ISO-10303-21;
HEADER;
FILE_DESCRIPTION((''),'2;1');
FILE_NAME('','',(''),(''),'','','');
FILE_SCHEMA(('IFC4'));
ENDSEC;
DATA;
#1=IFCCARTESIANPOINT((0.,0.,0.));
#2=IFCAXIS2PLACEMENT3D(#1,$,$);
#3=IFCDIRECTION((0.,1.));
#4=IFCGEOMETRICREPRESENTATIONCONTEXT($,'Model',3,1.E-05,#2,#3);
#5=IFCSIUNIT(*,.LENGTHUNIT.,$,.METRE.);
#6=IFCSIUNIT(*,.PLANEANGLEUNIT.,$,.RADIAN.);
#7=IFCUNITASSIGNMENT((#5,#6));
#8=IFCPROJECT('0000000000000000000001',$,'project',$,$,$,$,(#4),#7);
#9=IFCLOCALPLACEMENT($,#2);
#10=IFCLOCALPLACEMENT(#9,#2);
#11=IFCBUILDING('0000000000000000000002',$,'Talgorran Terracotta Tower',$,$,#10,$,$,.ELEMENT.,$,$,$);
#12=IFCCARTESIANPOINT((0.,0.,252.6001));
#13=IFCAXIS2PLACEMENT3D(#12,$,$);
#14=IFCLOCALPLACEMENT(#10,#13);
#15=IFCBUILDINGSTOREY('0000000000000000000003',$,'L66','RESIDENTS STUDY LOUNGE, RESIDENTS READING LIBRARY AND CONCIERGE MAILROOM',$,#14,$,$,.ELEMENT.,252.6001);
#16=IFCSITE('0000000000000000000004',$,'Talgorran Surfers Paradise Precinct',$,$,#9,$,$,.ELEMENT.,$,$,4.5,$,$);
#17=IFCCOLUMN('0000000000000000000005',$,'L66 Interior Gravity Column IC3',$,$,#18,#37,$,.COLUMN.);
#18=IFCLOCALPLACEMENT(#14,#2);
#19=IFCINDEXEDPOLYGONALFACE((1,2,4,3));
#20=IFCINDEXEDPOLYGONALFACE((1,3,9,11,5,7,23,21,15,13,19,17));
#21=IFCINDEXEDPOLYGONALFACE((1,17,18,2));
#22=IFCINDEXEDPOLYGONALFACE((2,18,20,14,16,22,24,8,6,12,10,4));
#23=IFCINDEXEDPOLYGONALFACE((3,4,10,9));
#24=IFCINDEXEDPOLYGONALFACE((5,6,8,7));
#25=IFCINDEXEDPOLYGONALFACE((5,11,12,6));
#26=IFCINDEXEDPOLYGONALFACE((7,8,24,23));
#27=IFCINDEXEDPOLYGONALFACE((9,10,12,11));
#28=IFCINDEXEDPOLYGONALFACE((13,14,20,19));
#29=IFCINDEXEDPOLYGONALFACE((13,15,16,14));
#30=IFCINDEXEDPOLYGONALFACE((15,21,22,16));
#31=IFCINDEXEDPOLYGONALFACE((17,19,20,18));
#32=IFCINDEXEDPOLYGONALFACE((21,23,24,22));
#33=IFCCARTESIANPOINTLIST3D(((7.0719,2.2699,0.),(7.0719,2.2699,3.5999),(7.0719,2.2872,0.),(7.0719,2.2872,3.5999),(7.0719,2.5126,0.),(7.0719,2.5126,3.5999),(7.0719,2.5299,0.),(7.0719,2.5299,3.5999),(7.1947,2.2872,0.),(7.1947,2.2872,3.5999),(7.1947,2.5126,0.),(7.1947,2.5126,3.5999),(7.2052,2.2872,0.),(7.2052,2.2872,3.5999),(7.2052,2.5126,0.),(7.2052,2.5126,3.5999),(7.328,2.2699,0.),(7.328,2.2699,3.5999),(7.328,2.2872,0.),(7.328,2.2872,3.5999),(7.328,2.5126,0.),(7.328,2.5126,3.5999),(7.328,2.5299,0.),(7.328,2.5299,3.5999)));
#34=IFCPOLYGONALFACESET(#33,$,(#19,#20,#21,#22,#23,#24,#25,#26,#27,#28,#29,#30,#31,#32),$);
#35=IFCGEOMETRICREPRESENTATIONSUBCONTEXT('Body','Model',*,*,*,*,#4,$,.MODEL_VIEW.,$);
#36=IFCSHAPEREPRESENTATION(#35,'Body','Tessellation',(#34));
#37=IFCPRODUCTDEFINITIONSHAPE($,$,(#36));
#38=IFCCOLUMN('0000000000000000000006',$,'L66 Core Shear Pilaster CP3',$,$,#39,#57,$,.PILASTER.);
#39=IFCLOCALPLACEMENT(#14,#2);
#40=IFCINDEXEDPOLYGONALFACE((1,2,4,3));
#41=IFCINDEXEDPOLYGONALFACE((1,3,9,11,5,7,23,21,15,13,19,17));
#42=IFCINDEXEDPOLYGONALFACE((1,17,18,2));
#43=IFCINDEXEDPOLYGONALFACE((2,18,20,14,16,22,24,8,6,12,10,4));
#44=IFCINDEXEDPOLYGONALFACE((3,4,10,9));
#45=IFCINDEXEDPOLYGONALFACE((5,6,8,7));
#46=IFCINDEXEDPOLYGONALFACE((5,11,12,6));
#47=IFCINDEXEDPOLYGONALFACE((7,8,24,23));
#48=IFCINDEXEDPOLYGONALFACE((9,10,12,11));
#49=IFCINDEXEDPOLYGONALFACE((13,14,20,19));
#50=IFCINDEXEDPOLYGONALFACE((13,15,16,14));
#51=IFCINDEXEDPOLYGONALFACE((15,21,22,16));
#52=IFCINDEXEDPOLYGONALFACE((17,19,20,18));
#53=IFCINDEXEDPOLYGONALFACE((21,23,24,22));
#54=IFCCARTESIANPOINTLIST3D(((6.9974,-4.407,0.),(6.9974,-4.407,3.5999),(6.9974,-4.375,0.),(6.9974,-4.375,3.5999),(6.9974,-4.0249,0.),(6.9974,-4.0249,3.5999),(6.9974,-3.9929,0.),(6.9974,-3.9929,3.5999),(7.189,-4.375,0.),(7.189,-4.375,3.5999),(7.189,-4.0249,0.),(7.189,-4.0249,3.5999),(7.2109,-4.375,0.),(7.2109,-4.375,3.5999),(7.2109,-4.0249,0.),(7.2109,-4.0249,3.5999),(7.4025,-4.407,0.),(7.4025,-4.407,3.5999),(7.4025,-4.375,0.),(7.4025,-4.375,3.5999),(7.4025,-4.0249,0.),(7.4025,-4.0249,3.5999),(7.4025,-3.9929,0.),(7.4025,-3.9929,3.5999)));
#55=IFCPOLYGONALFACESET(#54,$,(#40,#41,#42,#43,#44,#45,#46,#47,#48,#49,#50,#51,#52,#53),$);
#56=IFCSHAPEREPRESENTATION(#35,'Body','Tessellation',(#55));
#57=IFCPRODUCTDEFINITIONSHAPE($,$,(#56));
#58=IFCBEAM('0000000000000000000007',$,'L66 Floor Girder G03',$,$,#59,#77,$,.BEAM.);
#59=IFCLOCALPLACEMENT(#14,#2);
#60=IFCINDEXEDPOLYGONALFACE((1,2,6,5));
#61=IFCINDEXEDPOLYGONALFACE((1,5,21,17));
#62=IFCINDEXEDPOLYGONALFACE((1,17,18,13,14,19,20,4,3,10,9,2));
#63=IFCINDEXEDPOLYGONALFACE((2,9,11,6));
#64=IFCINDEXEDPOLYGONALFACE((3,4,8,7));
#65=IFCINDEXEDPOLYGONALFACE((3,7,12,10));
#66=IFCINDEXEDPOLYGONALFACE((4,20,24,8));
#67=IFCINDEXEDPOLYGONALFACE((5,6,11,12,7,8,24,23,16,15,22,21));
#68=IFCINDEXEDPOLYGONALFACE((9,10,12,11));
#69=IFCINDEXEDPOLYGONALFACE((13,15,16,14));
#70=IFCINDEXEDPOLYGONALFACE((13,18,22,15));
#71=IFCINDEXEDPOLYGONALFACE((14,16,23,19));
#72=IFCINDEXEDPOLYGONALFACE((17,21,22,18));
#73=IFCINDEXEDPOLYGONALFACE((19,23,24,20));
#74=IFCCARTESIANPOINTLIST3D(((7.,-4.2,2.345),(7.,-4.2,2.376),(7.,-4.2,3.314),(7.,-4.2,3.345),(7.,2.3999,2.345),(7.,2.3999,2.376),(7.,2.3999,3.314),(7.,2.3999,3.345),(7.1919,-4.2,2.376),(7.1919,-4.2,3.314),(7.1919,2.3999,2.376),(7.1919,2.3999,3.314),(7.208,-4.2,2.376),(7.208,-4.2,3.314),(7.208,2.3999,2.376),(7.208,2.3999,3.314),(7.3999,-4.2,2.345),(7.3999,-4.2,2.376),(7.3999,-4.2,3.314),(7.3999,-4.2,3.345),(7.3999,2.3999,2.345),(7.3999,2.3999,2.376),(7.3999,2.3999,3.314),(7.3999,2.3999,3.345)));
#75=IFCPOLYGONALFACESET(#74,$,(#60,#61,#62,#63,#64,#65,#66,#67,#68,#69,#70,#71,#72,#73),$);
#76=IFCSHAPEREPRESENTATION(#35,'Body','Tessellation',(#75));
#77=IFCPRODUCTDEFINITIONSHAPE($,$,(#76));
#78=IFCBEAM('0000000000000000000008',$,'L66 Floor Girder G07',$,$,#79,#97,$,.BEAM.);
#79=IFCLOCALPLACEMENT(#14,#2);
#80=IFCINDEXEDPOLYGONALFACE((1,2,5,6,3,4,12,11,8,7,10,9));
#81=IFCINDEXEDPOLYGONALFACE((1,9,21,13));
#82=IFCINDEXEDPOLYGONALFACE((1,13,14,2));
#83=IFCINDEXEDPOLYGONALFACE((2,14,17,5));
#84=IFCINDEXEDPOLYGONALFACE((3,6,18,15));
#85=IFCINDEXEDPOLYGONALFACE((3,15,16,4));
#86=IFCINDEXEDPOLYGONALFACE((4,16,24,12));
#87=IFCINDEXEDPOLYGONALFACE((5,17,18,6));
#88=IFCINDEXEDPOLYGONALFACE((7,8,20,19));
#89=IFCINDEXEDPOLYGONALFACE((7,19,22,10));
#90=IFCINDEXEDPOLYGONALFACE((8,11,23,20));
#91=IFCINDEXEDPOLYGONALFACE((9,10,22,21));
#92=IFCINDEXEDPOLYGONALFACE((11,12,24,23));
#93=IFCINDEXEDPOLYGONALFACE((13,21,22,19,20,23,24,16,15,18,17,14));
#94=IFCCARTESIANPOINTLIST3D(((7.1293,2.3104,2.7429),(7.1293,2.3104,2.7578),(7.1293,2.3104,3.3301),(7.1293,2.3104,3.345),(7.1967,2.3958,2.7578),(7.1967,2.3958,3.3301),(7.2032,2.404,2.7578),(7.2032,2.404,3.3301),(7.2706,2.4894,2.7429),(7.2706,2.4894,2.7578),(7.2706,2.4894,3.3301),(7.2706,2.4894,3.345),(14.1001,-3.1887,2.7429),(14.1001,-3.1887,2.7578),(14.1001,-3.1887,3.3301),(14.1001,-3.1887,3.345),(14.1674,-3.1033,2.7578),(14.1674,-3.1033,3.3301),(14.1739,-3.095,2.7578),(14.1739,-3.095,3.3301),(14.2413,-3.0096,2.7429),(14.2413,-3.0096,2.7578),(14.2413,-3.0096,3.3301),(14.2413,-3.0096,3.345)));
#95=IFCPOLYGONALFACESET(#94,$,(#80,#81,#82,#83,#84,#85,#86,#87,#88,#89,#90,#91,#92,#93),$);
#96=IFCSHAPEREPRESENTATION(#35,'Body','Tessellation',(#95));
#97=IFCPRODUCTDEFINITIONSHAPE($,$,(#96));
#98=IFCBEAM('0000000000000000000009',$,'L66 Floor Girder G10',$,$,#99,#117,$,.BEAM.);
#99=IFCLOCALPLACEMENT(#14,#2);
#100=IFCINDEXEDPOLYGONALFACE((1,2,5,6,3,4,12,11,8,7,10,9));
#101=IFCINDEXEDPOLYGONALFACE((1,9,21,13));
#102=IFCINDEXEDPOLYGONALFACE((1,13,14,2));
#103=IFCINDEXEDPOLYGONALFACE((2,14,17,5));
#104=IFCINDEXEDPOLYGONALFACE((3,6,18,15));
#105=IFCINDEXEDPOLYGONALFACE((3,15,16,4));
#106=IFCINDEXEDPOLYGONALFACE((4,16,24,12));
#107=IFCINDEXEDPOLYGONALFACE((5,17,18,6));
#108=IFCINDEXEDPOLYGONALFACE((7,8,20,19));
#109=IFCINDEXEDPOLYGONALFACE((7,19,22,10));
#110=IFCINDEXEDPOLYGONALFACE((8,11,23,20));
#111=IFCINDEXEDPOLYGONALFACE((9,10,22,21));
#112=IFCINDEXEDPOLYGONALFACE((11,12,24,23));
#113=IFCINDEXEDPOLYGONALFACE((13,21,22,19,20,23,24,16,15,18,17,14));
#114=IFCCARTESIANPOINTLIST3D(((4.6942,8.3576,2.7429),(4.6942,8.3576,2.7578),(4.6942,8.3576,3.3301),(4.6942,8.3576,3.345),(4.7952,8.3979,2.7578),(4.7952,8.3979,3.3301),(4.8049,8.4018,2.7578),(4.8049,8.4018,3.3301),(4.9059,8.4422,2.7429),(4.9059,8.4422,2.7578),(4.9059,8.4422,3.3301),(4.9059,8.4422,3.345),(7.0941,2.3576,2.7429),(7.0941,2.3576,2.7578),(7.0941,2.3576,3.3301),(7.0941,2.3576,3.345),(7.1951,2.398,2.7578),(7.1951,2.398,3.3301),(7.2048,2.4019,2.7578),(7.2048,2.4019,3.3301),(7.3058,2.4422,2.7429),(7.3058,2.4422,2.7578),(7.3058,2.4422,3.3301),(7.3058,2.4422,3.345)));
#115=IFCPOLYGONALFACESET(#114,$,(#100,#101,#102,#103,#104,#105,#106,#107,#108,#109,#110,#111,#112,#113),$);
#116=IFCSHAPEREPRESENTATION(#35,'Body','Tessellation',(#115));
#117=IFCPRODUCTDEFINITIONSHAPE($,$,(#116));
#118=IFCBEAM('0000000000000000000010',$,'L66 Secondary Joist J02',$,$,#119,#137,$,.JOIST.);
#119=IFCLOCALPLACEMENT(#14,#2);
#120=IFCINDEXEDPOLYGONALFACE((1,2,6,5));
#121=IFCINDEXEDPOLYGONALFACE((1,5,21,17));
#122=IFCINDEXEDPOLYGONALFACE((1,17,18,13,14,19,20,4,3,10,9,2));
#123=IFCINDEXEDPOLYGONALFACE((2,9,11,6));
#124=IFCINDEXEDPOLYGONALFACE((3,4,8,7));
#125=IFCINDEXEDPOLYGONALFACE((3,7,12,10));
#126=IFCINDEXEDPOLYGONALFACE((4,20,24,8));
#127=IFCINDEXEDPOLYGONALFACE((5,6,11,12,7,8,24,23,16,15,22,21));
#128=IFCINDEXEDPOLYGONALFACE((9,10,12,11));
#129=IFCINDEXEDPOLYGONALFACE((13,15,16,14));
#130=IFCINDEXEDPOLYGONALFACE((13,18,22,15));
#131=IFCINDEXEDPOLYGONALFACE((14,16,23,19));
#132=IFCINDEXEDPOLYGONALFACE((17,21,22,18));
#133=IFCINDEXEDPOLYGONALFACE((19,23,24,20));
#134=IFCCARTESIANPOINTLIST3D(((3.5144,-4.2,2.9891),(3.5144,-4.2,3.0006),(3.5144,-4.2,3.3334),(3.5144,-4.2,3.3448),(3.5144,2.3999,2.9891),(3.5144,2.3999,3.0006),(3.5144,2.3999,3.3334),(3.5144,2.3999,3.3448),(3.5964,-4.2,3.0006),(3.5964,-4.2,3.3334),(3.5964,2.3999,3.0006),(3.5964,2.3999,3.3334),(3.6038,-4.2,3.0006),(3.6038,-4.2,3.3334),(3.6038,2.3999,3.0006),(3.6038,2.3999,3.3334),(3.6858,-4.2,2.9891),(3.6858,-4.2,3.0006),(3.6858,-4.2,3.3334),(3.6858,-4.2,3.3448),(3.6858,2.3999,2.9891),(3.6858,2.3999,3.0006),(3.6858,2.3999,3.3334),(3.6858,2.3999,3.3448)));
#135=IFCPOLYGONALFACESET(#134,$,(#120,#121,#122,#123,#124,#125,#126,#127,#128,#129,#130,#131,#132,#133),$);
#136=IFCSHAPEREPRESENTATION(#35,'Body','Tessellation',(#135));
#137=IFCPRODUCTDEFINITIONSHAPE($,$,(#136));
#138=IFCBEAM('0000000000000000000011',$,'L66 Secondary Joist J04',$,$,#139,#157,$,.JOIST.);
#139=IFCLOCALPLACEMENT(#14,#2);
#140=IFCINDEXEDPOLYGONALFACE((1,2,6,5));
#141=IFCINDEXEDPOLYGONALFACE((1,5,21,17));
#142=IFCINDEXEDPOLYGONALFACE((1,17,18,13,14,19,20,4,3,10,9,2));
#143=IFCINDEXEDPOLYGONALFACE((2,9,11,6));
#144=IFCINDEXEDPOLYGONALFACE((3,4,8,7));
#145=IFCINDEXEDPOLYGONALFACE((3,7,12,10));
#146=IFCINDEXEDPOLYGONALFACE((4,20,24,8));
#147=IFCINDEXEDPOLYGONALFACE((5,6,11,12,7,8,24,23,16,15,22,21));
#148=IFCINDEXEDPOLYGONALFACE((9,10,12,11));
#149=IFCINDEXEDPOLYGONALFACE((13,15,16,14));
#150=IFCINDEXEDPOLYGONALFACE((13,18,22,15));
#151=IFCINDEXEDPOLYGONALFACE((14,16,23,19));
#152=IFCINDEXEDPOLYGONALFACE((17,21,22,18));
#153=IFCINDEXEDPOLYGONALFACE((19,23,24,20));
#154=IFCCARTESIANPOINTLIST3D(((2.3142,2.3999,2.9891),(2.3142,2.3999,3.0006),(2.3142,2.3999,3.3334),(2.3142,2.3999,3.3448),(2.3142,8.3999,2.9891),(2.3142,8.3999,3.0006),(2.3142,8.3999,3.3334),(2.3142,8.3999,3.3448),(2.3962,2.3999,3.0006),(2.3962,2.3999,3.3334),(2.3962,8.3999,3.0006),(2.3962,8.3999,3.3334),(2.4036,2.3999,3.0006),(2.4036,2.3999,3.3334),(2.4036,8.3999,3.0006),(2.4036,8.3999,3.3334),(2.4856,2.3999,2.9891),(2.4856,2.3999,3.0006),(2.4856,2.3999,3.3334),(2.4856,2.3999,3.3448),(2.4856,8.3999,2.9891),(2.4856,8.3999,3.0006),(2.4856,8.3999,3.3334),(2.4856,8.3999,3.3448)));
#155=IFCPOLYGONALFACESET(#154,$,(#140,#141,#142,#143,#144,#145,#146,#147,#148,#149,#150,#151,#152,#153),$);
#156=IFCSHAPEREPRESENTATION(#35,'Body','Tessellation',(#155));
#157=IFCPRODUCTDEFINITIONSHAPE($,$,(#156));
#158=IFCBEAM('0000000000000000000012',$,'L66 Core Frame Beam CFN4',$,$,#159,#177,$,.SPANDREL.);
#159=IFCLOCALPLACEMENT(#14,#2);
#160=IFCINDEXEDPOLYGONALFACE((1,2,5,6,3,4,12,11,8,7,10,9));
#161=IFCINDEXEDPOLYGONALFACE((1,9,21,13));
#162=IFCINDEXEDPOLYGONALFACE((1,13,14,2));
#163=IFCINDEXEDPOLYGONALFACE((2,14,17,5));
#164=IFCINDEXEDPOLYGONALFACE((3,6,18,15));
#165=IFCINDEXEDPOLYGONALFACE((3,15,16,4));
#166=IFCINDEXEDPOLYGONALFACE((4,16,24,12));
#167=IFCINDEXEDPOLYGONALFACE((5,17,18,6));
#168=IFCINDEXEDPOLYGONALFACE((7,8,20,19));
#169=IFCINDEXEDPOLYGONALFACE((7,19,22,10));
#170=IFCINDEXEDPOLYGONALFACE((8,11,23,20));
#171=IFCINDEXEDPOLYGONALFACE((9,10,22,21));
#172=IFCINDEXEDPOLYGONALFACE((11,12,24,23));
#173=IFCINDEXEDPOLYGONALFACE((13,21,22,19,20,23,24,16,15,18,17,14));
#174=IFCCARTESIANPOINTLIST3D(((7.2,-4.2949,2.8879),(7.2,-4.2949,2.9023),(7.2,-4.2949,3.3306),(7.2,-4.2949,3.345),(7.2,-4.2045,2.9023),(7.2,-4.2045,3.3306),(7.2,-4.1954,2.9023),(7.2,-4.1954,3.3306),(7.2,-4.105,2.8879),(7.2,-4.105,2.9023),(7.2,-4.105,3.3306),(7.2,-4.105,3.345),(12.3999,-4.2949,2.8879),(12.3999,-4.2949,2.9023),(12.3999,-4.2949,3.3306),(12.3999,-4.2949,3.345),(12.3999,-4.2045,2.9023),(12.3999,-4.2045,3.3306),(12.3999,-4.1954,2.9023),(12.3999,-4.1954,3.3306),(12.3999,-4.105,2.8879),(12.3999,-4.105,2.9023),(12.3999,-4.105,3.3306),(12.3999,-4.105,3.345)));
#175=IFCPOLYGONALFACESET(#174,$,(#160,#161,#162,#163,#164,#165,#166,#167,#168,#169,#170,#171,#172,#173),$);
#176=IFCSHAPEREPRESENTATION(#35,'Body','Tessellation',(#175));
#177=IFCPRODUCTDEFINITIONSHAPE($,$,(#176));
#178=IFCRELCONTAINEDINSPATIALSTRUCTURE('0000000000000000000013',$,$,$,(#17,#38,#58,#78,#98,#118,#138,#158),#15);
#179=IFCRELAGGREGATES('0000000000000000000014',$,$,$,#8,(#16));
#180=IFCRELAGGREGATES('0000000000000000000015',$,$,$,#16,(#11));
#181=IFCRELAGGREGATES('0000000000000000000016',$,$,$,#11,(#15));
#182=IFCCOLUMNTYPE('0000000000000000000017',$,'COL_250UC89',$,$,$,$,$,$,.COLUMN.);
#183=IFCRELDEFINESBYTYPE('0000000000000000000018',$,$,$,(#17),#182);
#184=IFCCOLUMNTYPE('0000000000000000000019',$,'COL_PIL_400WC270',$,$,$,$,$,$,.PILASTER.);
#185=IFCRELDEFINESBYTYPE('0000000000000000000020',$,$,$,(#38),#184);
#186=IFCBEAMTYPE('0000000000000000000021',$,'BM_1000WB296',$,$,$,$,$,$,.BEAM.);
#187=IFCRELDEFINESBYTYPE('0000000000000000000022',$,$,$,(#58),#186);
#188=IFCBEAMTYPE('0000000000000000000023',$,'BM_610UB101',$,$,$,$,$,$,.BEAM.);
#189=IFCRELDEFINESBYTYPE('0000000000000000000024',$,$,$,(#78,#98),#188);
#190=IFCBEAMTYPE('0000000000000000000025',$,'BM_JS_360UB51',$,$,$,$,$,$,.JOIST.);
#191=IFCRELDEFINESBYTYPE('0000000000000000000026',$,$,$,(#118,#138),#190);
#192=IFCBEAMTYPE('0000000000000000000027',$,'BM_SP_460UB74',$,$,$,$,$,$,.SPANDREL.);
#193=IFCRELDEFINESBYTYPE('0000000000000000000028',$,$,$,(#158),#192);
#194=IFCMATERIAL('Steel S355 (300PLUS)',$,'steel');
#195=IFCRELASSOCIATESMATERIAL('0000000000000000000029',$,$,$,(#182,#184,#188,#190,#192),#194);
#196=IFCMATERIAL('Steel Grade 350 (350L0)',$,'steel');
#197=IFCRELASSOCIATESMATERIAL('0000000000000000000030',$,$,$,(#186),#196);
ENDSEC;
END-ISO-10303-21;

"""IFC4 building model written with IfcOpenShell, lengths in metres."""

from ifc_helpers import new_model, si_unit, direction, frame, origin, origin_2d, place, context, subcontext, project, spatial, i_section, extrude, material, material_profile, profile_set, type_object, element, save


model = new_model("IFC4")

# Units and contexts
model_context = context("Model", 3, precision=1e-05, world=origin(), true_north=direction((0.0, 1.0)))
body_context = subcontext(model_context, "Body", "Model", "MODEL_VIEW")
ifc_project = project(units=[si_unit("LENGTHUNIT", "METRE"), si_unit("PLANEANGLEUNIT", "RADIAN")], contexts=[model_context])

# Site, building, storey
site_placement = place(None, origin())
site = spatial("IfcSite", under=ifc_project, at=site_placement, Name="Talgorran Surfers Paradise Precinct", CompositionType="ELEMENT", RefElevation=4.5)
building_placement = place(site_placement, origin())
building = spatial("IfcBuilding", under=site, at=building_placement, Name="Talgorran Terracotta Tower", CompositionType="ELEMENT")
storey_placement = place(building_placement, frame((0.0, 0.0, 252.6001)))
storey = spatial("IfcBuildingStorey", under=building, at=storey_placement, Name="L66", Description="RESIDENTS STUDY LOUNGE, RESIDENTS READING LIBRARY AND CONCIERGE MAILROOM", CompositionType="ELEMENT", Elevation=252.6001)

# Columns
ifc_material_1 = material(Name="Steel S355 (300PLUS)", Category="steel")
ifc_material_profile_1 = material_profile(ifc_material_1, i_section(OverallWidth=0.2561, OverallDepth=0.26, WebThickness=0.0105, FlangeThickness=0.0173, at=origin_2d()), Name="250UC89.5")
ifc_profile_set_1 = profile_set([ifc_material_profile_1], Name="Steel S355 (300PLUS)")
column_type_1 = type_object("IfcColumnType", Name="COL_250UC89", PredefinedType="COLUMN", material=ifc_profile_set_1)
column_1_placement = place(storey_placement, frame((7.2, 2.3999, 0.0), z_axis=(0.0, 0.0, 1.0), x_axis=(1.0, 0.0, 0.0)))
element("IfcColumn", 1, at=column_1_placement, inside=storey, type_object=column_type_1, Name="L66 Interior Gravity Column IC3", PredefinedType="COLUMN", context=body_context, shape_type="SweptSolid", body=[
    extrude(i_section(OverallWidth=0.2561, OverallDepth=0.26, WebThickness=0.0105, FlangeThickness=0.0173, at=origin_2d()), origin(), (0.0, 0.0, 1.0), 3.5999),
])
ifc_material_profile_2 = material_profile(ifc_material_1, i_section(OverallWidth=0.405, OverallDepth=0.4141, WebThickness=0.022, FlangeThickness=0.032, at=origin_2d()), Name="400WC270")
ifc_profile_set_2 = profile_set([ifc_material_profile_2], Name="Steel S355 (300PLUS)")
column_type_2 = type_object("IfcColumnType", Name="COL_PIL_400WC270", PredefinedType="PILASTER", material=ifc_profile_set_2)
column_2_placement = place(storey_placement, frame((7.2, -4.2, 0.0), z_axis=(0.0, 0.0, 1.0), x_axis=(1.0, 0.0, 0.0)))
element("IfcColumn", 2, at=column_2_placement, inside=storey, type_object=column_type_2, Name="L66 Core Shear Pilaster CP3", PredefinedType="PILASTER", context=body_context, shape_type="SweptSolid", body=[
    extrude(i_section(OverallWidth=0.405, OverallDepth=0.4141, WebThickness=0.022, FlangeThickness=0.032, at=origin_2d()), origin(), (0.0, 0.0, 1.0), 3.5999),
])

# Beams
ifc_material_2 = material(Name="Steel Grade 350 (350L0)", Category="steel")
ifc_material_profile_3 = material_profile(ifc_material_2, i_section(OverallWidth=0.3999, OverallDepth=1.0, WebThickness=0.0161, FlangeThickness=0.031, at=origin_2d()), Name="1000WB296")
ifc_profile_set_3 = profile_set([ifc_material_profile_3], Name="Steel Grade 350 (350L0)")
beam_type_1 = type_object("IfcBeamType", Name="BM_1000WB296", PredefinedType="BEAM", material=ifc_profile_set_3)
beam_1_placement = place(storey_placement, frame((7.2, -4.2, 2.845), z_axis=(0.0, 1.0, 0.0), x_axis=(-1.0, 0.0, 0.0)))
element("IfcBeam", 3, at=beam_1_placement, inside=storey, type_object=beam_type_1, Name="L66 Floor Girder G03", PredefinedType="BEAM", context=body_context, shape_type="SweptSolid", body=[
    extrude(i_section(OverallWidth=0.3999, OverallDepth=1.0, WebThickness=0.0161, FlangeThickness=0.031, at=origin_2d()), origin(), (0.0, 0.0, 1.0), 6.5999),
])
ifc_material_profile_4 = material_profile(ifc_material_1, i_section(OverallWidth=0.228, OverallDepth=0.6021, WebThickness=0.0105, FlangeThickness=0.0149, at=origin_2d()), Name="610UB101")
ifc_profile_set_4 = profile_set([ifc_material_profile_4], Name="Steel S355 (300PLUS)")
beam_type_2 = type_object("IfcBeamType", Name="BM_610UB101", PredefinedType="BEAM", material=ifc_profile_set_4)
beam_2_placement = place(storey_placement, frame((7.2, 2.3999, 3.0439), z_axis=(0.785111, -0.619355, 0.0), x_axis=(0.619355, 0.785111, 0.0)))
element("IfcBeam", 4, at=beam_2_placement, inside=storey, type_object=beam_type_2, Name="L66 Floor Girder G07", PredefinedType="BEAM", context=body_context, shape_type="SweptSolid", body=[
    extrude(i_section(OverallWidth=0.228, OverallDepth=0.6021, WebThickness=0.0105, FlangeThickness=0.0149, at=origin_2d()), origin(), (0.0, 0.0, 1.0), 8.8787),
])
beam_3_placement = place(storey_placement, frame((7.2, 2.3999, 3.0439), z_axis=(-0.371378, 0.928482, 0.0), x_axis=(-0.928482, -0.371378, 0.0)))
element("IfcBeam", 5, at=beam_3_placement, inside=storey, type_object=beam_type_2, Name="L66 Floor Girder G10", PredefinedType="BEAM", context=body_context, shape_type="SweptSolid", body=[
    extrude(i_section(OverallWidth=0.228, OverallDepth=0.6021, WebThickness=0.0105, FlangeThickness=0.0149, at=origin_2d()), origin(), (0.0, 0.0, 1.0), 6.4622),
])
ifc_material_profile_5 = material_profile(ifc_material_1, i_section(OverallWidth=0.1714, OverallDepth=0.3557, WebThickness=0.0073, FlangeThickness=0.0115, at=origin_2d()), Name="360UB50.7")
ifc_profile_set_5 = profile_set([ifc_material_profile_5], Name="Steel S355 (300PLUS)")
beam_type_3 = type_object("IfcBeamType", Name="BM_JS_360UB51", PredefinedType="JOIST", material=ifc_profile_set_5)
beam_4_placement = place(storey_placement, frame((3.6001, -4.2, 3.167), z_axis=(0.0, 1.0, 0.0), x_axis=(-1.0, 0.0, 0.0)))
element("IfcBeam", 6, at=beam_4_placement, inside=storey, type_object=beam_type_3, Name="L66 Secondary Joist J02", PredefinedType="JOIST", context=body_context, shape_type="SweptSolid", body=[
    extrude(i_section(OverallWidth=0.1714, OverallDepth=0.3557, WebThickness=0.0073, FlangeThickness=0.0115, at=origin_2d()), origin(), (0.0, 0.0, 1.0), 6.5999),
])
beam_5_placement = place(storey_placement, frame((2.3999, 2.3999, 3.167), z_axis=(0.0, 1.0, 0.0), x_axis=(-1.0, 0.0, 0.0)))
element("IfcBeam", 7, at=beam_5_placement, inside=storey, type_object=beam_type_3, Name="L66 Secondary Joist J04", PredefinedType="JOIST", context=body_context, shape_type="SweptSolid", body=[
    extrude(i_section(OverallWidth=0.1714, OverallDepth=0.3557, WebThickness=0.0073, FlangeThickness=0.0115, at=origin_2d()), origin(), (0.0, 0.0, 1.0), 6.0),
])
ifc_material_profile_6 = material_profile(ifc_material_1, i_section(OverallWidth=0.1899, OverallDepth=0.457, WebThickness=0.009, FlangeThickness=0.0144, at=origin_2d()), Name="460UB74.6")
ifc_profile_set_6 = profile_set([ifc_material_profile_6], Name="Steel S355 (300PLUS)")
beam_type_4 = type_object("IfcBeamType", Name="BM_SP_460UB74", PredefinedType="SPANDREL", material=ifc_profile_set_6)
beam_6_placement = place(storey_placement, frame((7.2, -4.2, 3.1165), z_axis=(1.0, 0.0, 0.0), x_axis=(0.0, 1.0, 0.0)))
element("IfcBeam", 8, at=beam_6_placement, inside=storey, type_object=beam_type_4, Name="L66 Core Frame Beam CFN4", PredefinedType="SPANDREL", context=body_context, shape_type="SweptSolid", body=[
    extrude(i_section(OverallWidth=0.1899, OverallDepth=0.457, WebThickness=0.009, FlangeThickness=0.0144, at=origin_2d()), origin(), (0.0, 0.0, 1.0), 5.2),
])

save(model, "model.ifc")
